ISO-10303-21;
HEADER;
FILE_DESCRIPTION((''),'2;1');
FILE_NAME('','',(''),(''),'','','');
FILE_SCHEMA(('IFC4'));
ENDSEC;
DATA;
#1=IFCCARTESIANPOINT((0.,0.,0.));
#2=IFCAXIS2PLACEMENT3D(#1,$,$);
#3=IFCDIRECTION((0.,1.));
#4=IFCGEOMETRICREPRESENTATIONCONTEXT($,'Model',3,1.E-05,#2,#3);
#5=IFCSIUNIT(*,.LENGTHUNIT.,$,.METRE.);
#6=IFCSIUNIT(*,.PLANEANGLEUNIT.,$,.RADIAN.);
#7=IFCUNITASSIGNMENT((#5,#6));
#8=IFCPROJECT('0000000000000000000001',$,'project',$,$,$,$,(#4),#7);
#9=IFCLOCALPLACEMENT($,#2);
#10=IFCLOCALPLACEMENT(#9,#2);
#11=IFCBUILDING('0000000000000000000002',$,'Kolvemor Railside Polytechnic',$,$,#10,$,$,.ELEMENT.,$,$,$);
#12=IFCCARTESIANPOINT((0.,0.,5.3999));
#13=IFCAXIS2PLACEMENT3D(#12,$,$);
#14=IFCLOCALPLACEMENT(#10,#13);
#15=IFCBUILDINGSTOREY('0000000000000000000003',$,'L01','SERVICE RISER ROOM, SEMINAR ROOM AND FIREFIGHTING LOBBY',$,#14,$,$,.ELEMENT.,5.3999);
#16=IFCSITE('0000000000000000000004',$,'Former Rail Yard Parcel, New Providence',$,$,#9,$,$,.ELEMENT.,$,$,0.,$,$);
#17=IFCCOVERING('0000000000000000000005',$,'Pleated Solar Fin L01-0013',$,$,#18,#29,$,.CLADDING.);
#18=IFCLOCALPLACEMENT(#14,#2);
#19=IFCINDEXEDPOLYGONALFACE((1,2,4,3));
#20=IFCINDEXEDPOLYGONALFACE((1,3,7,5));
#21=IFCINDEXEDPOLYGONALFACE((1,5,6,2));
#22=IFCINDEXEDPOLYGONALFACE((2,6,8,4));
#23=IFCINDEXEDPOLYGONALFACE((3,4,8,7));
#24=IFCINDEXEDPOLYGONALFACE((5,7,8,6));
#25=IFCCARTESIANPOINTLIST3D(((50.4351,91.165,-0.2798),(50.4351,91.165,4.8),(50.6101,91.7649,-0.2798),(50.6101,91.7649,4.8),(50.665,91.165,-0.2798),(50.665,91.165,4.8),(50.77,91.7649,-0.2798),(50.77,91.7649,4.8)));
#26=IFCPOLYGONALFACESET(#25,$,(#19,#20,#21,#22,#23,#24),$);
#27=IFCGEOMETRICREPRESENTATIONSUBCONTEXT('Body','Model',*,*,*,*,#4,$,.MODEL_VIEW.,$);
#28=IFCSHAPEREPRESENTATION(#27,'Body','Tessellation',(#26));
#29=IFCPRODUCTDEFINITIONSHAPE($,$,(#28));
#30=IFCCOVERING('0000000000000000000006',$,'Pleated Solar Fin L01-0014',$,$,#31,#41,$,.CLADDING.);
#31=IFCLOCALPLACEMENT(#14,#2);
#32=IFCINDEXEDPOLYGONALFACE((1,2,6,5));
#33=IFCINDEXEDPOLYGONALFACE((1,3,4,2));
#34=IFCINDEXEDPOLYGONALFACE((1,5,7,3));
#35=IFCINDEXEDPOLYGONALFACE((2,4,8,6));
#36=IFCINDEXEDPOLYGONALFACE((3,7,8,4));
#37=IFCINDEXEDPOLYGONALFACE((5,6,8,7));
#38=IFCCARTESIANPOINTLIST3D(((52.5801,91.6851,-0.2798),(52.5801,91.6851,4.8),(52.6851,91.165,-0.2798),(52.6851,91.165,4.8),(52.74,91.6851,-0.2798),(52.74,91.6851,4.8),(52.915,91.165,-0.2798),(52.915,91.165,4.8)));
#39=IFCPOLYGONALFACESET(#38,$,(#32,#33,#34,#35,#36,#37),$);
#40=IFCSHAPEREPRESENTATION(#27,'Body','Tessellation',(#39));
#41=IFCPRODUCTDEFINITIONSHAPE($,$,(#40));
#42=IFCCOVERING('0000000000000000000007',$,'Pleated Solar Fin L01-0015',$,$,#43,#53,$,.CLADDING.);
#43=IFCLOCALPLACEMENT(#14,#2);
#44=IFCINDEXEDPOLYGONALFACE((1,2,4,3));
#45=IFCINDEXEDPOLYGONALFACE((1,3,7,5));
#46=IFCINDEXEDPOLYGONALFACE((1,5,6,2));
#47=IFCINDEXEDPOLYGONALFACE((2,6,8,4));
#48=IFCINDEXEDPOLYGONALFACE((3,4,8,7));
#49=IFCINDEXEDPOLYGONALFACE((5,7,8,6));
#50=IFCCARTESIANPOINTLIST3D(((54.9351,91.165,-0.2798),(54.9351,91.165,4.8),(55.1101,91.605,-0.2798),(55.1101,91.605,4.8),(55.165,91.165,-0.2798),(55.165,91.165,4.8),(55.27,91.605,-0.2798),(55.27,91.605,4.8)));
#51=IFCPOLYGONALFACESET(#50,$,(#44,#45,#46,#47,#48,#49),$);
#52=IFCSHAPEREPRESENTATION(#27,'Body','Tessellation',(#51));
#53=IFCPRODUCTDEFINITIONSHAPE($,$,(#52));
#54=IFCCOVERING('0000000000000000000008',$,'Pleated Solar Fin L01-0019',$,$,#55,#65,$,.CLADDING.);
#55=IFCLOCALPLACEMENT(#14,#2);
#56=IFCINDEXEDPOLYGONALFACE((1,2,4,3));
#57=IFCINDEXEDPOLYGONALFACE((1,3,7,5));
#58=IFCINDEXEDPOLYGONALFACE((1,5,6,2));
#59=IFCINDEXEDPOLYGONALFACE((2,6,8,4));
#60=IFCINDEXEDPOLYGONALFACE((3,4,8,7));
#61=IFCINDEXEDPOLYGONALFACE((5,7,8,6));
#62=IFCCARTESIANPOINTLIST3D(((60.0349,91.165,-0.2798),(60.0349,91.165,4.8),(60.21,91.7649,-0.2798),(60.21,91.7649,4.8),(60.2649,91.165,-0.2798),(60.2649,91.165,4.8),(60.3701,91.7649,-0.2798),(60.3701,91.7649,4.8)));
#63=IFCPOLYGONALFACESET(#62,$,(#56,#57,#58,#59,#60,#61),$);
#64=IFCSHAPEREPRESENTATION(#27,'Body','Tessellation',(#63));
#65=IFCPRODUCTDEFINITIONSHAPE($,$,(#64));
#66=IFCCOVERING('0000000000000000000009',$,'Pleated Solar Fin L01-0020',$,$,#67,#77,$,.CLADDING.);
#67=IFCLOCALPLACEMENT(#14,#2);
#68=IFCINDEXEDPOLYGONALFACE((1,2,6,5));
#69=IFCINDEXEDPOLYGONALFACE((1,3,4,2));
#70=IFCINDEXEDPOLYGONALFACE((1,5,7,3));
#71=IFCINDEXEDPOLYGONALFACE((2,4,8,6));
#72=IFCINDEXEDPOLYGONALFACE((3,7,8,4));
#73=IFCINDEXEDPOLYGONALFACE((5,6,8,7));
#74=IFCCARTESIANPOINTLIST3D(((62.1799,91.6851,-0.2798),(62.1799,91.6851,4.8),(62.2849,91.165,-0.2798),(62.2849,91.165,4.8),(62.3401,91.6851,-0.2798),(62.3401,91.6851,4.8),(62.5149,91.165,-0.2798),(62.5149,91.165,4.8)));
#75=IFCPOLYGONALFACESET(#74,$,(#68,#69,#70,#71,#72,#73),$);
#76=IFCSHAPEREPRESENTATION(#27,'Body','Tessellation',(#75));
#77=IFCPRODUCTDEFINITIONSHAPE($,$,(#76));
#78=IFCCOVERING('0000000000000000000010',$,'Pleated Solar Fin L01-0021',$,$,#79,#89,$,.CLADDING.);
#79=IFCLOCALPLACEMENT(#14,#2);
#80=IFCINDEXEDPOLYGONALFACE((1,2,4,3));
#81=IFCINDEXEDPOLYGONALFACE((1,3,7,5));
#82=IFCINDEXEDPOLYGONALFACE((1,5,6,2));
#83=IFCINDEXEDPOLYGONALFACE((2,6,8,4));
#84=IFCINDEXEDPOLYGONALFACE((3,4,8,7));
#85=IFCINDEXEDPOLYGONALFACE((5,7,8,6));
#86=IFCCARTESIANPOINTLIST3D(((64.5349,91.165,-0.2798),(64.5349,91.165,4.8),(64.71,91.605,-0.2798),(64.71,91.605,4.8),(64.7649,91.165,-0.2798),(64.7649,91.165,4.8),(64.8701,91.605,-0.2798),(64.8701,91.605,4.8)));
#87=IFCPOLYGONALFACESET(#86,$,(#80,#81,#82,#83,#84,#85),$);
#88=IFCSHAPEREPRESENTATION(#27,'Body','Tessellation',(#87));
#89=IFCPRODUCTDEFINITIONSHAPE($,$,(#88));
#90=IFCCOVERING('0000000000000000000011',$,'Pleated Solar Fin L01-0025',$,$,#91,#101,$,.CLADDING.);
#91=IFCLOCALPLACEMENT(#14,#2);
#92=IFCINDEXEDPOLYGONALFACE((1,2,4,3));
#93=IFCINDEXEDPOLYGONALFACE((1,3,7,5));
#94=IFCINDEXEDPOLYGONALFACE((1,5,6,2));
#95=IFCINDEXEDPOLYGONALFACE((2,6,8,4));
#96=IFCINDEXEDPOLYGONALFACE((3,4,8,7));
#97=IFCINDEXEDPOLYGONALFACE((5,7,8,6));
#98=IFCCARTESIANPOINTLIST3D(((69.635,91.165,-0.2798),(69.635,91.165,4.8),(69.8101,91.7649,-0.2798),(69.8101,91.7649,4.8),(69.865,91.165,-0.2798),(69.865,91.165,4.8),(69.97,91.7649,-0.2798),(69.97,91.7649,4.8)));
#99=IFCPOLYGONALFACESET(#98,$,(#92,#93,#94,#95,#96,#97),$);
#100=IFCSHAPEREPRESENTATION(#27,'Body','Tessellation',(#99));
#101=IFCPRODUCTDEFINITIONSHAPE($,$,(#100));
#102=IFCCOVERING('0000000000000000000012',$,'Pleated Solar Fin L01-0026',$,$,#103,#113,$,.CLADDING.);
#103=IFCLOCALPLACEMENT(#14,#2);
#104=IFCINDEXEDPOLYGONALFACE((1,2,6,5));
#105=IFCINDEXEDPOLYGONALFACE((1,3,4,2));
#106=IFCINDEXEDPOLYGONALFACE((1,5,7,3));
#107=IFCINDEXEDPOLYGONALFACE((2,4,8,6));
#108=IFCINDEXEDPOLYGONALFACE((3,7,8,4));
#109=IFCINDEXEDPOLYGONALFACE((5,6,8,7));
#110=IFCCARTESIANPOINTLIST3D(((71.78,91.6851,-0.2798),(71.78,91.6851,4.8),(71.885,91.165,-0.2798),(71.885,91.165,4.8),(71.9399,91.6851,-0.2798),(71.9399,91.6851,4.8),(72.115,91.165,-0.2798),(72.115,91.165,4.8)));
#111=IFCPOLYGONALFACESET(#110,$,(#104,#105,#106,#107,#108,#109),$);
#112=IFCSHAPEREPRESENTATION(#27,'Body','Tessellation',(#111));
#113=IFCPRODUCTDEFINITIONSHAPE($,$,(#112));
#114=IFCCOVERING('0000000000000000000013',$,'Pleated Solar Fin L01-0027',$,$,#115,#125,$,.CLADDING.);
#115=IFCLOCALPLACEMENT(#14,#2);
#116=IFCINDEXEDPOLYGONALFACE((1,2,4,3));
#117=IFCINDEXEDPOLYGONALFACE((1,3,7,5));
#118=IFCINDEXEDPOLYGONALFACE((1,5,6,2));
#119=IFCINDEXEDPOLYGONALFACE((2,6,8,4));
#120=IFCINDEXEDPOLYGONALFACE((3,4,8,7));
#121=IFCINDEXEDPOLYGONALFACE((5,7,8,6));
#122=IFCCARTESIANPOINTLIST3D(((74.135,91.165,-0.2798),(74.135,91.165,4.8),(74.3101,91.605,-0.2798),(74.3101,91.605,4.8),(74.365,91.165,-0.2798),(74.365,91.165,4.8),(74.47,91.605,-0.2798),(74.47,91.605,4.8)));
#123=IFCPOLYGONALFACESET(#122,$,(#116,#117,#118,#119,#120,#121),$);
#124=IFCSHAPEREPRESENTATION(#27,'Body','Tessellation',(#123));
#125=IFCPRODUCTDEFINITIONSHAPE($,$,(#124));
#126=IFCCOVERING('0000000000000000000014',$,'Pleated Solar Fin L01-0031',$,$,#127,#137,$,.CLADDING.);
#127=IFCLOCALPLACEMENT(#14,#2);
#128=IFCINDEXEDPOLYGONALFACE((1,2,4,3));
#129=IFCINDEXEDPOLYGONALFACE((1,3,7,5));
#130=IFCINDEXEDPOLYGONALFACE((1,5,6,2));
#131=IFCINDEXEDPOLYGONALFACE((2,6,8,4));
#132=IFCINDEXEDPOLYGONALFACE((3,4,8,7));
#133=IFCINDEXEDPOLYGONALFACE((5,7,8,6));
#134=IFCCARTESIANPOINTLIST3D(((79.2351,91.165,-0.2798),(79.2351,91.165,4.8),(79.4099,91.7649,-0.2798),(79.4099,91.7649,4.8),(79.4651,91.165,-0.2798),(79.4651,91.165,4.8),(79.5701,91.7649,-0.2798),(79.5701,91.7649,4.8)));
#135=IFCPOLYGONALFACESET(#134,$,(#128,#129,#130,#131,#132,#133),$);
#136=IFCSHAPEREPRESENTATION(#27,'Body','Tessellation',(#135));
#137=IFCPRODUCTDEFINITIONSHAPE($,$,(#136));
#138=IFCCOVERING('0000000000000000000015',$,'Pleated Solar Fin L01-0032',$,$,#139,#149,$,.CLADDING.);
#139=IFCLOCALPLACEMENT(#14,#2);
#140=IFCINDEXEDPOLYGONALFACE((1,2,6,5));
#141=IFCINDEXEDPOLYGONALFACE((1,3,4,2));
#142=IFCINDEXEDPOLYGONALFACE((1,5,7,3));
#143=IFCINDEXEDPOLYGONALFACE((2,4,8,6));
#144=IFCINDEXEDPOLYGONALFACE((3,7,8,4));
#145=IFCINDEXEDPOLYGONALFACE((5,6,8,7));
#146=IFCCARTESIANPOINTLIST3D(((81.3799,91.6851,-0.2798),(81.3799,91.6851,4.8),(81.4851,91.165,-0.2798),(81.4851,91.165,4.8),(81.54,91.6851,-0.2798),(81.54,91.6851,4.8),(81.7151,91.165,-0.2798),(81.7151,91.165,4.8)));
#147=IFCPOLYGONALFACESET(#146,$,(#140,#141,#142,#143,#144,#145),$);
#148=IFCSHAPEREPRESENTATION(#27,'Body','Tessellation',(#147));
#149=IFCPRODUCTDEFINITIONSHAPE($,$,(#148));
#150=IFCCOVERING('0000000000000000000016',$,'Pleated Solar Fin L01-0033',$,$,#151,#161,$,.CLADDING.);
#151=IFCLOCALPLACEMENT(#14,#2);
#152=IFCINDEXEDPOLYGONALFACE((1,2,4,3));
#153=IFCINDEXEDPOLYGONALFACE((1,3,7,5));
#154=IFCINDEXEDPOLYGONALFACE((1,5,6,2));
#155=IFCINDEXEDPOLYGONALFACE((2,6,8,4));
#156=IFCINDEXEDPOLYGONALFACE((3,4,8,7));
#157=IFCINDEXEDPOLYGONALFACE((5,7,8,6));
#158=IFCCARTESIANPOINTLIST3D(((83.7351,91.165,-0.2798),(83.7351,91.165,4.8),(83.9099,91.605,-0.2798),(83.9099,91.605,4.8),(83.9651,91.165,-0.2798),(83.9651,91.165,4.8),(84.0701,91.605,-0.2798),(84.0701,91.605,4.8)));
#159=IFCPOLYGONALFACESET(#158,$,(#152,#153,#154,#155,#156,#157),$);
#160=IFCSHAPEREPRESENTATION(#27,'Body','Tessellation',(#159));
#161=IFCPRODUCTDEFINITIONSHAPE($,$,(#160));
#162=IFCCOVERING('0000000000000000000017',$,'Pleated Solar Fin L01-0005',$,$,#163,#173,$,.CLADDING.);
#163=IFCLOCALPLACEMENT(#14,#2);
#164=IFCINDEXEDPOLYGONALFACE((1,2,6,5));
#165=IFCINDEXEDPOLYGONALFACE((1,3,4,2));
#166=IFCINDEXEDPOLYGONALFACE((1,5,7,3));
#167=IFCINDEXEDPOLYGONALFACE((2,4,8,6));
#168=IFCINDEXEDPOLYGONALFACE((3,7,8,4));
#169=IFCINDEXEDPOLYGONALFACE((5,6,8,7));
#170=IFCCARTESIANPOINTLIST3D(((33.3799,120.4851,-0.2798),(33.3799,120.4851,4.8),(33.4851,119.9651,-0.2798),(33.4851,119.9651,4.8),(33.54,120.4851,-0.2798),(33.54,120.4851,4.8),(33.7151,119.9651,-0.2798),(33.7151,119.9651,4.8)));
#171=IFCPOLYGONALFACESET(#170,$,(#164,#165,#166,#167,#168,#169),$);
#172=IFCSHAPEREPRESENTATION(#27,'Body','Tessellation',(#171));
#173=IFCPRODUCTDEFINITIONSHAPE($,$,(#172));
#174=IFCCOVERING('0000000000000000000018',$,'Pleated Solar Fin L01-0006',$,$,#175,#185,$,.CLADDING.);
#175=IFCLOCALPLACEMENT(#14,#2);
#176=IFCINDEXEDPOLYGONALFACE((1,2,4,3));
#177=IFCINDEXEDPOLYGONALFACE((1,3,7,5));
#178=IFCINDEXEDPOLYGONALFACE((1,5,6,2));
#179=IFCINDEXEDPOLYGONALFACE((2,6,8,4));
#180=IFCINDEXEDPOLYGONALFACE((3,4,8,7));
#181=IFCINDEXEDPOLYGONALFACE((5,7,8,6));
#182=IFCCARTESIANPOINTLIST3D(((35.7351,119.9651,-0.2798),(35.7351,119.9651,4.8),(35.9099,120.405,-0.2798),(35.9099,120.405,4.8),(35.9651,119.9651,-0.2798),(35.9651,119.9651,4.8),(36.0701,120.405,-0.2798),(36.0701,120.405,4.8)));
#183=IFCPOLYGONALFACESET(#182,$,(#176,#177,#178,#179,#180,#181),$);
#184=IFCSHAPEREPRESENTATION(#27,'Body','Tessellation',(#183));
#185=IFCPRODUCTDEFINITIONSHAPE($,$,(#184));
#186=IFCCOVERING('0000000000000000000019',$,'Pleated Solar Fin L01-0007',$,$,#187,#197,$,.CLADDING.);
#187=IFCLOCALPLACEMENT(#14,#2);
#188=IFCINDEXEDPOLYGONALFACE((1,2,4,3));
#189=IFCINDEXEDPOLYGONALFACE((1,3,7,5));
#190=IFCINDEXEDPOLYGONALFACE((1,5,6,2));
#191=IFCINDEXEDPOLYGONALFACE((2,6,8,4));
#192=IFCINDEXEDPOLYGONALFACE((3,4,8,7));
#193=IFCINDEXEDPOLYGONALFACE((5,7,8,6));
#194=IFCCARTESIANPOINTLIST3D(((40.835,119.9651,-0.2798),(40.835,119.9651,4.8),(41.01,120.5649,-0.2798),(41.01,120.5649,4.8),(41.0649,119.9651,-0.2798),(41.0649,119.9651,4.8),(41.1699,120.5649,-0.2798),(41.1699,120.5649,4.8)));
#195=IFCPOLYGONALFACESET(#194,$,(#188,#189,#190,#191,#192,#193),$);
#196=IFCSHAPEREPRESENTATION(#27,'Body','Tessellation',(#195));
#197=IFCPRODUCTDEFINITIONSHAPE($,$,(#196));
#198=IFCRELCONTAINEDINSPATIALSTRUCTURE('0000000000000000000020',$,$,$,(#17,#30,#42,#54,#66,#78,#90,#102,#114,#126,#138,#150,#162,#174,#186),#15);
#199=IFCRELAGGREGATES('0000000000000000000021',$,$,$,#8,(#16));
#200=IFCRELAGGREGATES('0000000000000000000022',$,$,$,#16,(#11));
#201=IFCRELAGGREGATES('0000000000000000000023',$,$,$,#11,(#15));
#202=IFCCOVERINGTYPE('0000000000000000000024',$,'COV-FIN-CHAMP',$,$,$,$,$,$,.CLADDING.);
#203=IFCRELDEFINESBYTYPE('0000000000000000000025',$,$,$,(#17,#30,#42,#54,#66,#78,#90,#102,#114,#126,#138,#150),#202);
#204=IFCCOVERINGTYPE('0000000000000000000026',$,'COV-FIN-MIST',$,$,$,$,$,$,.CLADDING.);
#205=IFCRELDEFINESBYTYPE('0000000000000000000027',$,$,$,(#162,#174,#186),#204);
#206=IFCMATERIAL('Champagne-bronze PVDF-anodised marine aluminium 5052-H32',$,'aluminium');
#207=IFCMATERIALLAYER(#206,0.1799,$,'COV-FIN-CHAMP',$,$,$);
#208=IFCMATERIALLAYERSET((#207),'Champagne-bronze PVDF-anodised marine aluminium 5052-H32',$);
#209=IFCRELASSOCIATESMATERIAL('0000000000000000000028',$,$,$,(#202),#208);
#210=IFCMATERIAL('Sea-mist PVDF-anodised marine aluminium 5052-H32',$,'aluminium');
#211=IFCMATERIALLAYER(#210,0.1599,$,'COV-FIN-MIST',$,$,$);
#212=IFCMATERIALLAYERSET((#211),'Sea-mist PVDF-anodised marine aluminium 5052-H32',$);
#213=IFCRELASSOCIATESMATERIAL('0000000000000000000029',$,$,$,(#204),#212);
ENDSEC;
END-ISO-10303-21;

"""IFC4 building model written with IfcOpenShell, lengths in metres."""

from ifc_helpers import new_model, si_unit, direction, frame, origin, place, context, subcontext, project, spatial, polyline, outline, extrude, material, layer, layer_set, type_object, element, save


model = new_model("IFC4")

# Units and contexts
model_context = context("Model", 3, precision=1e-05, world=origin(), true_north=direction((0.0, 1.0)))
body_context = subcontext(model_context, "Body", "Model", "MODEL_VIEW")
ifc_project = project(units=[si_unit("LENGTHUNIT", "METRE"), si_unit("PLANEANGLEUNIT", "RADIAN")], contexts=[model_context])

# Site, building, storey
site_placement = place(None, origin())
site = spatial("IfcSite", under=ifc_project, at=site_placement, Name="Former Rail Yard Parcel, New Providence", CompositionType="ELEMENT", RefElevation=0.0)
building_placement = place(site_placement, origin())
building = spatial("IfcBuilding", under=site, at=building_placement, Name="Kolvemor Railside Polytechnic", CompositionType="ELEMENT")
storey_placement = place(building_placement, frame((0.0, 0.0, 5.3999)))
storey = spatial("IfcBuildingStorey", under=building, at=storey_placement, Name="L01", Description="SERVICE RISER ROOM, SEMINAR ROOM AND FIREFIGHTING LOBBY", CompositionType="ELEMENT", Elevation=5.3999)

# Coverings
ifc_material_1 = material(Name="Champagne-bronze PVDF-anodised marine aluminium 5052-H32", Category="aluminium")
ifc_layer_1 = layer(ifc_material_1, 0.1799, Name="COV-FIN-CHAMP")
ifc_layer_set_1 = layer_set([ifc_layer_1], Name="Champagne-bronze PVDF-anodised marine aluminium 5052-H32")
covering_type_1 = type_object("IfcCoveringType", Name="COV-FIN-CHAMP", PredefinedType="CLADDING", material=ifc_layer_set_1)
covering_1_placement = place(storey_placement, frame((0.0, 0.0, -0.2798)))
element("IfcCovering", 1, at=covering_1_placement, inside=storey, type_object=covering_type_1, Name="Pleated Solar Fin L01-0013", PredefinedType="CLADDING", context=body_context, shape_type="SweptSolid", body=[
    extrude(outline(polyline([(50.4351, 91.165), (50.665, 91.165), (50.77, 91.7649), (50.6101, 91.7649), (50.4351, 91.165)])), origin(), (0.0, 0.0, 1.0), 5.0798),
])
covering_2_placement = place(storey_placement, frame((0.0, 0.0, -0.2798)))
element("IfcCovering", 2, at=covering_2_placement, inside=storey, type_object=covering_type_1, Name="Pleated Solar Fin L01-0014", PredefinedType="CLADDING", context=body_context, shape_type="SweptSolid", body=[
    extrude(outline(polyline([(52.6851, 91.165), (52.915, 91.165), (52.74, 91.6851), (52.5801, 91.6851), (52.6851, 91.165)])), origin(), (0.0, 0.0, 1.0), 5.0798),
])
covering_3_placement = place(storey_placement, frame((0.0, 0.0, -0.2798)))
element("IfcCovering", 3, at=covering_3_placement, inside=storey, type_object=covering_type_1, Name="Pleated Solar Fin L01-0015", PredefinedType="CLADDING", context=body_context, shape_type="SweptSolid", body=[
    extrude(outline(polyline([(54.9351, 91.165), (55.165, 91.165), (55.27, 91.605), (55.1101, 91.605), (54.9351, 91.165)])), origin(), (0.0, 0.0, 1.0), 5.0798),
])
covering_4_placement = place(storey_placement, frame((0.0, 0.0, -0.2798)))
element("IfcCovering", 4, at=covering_4_placement, inside=storey, type_object=covering_type_1, Name="Pleated Solar Fin L01-0019", PredefinedType="CLADDING", context=body_context, shape_type="SweptSolid", body=[
    extrude(outline(polyline([(60.0349, 91.165), (60.2649, 91.165), (60.3701, 91.7649), (60.21, 91.7649), (60.0349, 91.165)])), origin(), (0.0, 0.0, 1.0), 5.0798),
])
covering_5_placement = place(storey_placement, frame((0.0, 0.0, -0.2798)))
element("IfcCovering", 5, at=covering_5_placement, inside=storey, type_object=covering_type_1, Name="Pleated Solar Fin L01-0020", PredefinedType="CLADDING", context=body_context, shape_type="SweptSolid", body=[
    extrude(outline(polyline([(62.2849, 91.165), (62.5149, 91.165), (62.3401, 91.6851), (62.1799, 91.6851), (62.2849, 91.165)])), origin(), (0.0, 0.0, 1.0), 5.0798),
])
covering_6_placement = place(storey_placement, frame((0.0, 0.0, -0.2798)))
element("IfcCovering", 6, at=covering_6_placement, inside=storey, type_object=covering_type_1, Name="Pleated Solar Fin L01-0021", PredefinedType="CLADDING", context=body_context, shape_type="SweptSolid", body=[
    extrude(outline(polyline([(64.5349, 91.165), (64.7649, 91.165), (64.8701, 91.605), (64.71, 91.605), (64.5349, 91.165)])), origin(), (0.0, 0.0, 1.0), 5.0798),
])
covering_7_placement = place(storey_placement, frame((0.0, 0.0, -0.2798)))
element("IfcCovering", 7, at=covering_7_placement, inside=storey, type_object=covering_type_1, Name="Pleated Solar Fin L01-0025", PredefinedType="CLADDING", context=body_context, shape_type="SweptSolid", body=[
    extrude(outline(polyline([(69.635, 91.165), (69.865, 91.165), (69.97, 91.7649), (69.8101, 91.7649), (69.635, 91.165)])), origin(), (0.0, 0.0, 1.0), 5.0798),
])
covering_8_placement = place(storey_placement, frame((0.0, 0.0, -0.2798)))
element("IfcCovering", 8, at=covering_8_placement, inside=storey, type_object=covering_type_1, Name="Pleated Solar Fin L01-0026", PredefinedType="CLADDING", context=body_context, shape_type="SweptSolid", body=[
    extrude(outline(polyline([(71.885, 91.165), (72.115, 91.165), (71.9399, 91.6851), (71.78, 91.6851), (71.885, 91.165)])), origin(), (0.0, 0.0, 1.0), 5.0798),
])
covering_9_placement = place(storey_placement, frame((0.0, 0.0, -0.2798)))
element("IfcCovering", 9, at=covering_9_placement, inside=storey, type_object=covering_type_1, Name="Pleated Solar Fin L01-0027", PredefinedType="CLADDING", context=body_context, shape_type="SweptSolid", body=[
    extrude(outline(polyline([(74.135, 91.165), (74.365, 91.165), (74.47, 91.605), (74.3101, 91.605), (74.135, 91.165)])), origin(), (0.0, 0.0, 1.0), 5.0798),
])
covering_10_placement = place(storey_placement, frame((0.0, 0.0, -0.2798)))
element("IfcCovering", 10, at=covering_10_placement, inside=storey, type_object=covering_type_1, Name="Pleated Solar Fin L01-0031", PredefinedType="CLADDING", context=body_context, shape_type="SweptSolid", body=[
    extrude(outline(polyline([(79.2351, 91.165), (79.4651, 91.165), (79.5701, 91.7649), (79.4099, 91.7649), (79.2351, 91.165)])), origin(), (0.0, 0.0, 1.0), 5.0798),
])
covering_11_placement = place(storey_placement, frame((0.0, 0.0, -0.2798)))
element("IfcCovering", 11, at=covering_11_placement, inside=storey, type_object=covering_type_1, Name="Pleated Solar Fin L01-0032", PredefinedType="CLADDING", context=body_context, shape_type="SweptSolid", body=[
    extrude(outline(polyline([(81.4851, 91.165), (81.7151, 91.165), (81.54, 91.6851), (81.3799, 91.6851), (81.4851, 91.165)])), origin(), (0.0, 0.0, 1.0), 5.0798),
])
covering_12_placement = place(storey_placement, frame((0.0, 0.0, -0.2798)))
element("IfcCovering", 12, at=covering_12_placement, inside=storey, type_object=covering_type_1, Name="Pleated Solar Fin L01-0033", PredefinedType="CLADDING", context=body_context, shape_type="SweptSolid", body=[
    extrude(outline(polyline([(83.7351, 91.165), (83.9651, 91.165), (84.0701, 91.605), (83.9099, 91.605), (83.7351, 91.165)])), origin(), (0.0, 0.0, 1.0), 5.0798),
])
ifc_material_2 = material(Name="Sea-mist PVDF-anodised marine aluminium 5052-H32", Category="aluminium")
ifc_layer_2 = layer(ifc_material_2, 0.1599, Name="COV-FIN-MIST")
ifc_layer_set_2 = layer_set([ifc_layer_2], Name="Sea-mist PVDF-anodised marine aluminium 5052-H32")
covering_type_2 = type_object("IfcCoveringType", Name="COV-FIN-MIST", PredefinedType="CLADDING", material=ifc_layer_set_2)
covering_13_placement = place(storey_placement, frame((0.0, 0.0, -0.2798)))
element("IfcCovering", 13, at=covering_13_placement, inside=storey, type_object=covering_type_2, Name="Pleated Solar Fin L01-0005", PredefinedType="CLADDING", context=body_context, shape_type="SweptSolid", body=[
    extrude(outline(polyline([(33.4851, 119.9651), (33.7151, 119.9651), (33.54, 120.4851), (33.3799, 120.4851), (33.4851, 119.9651)])), origin(), (0.0, 0.0, 1.0), 5.0798),
])
covering_14_placement = place(storey_placement, frame((0.0, 0.0, -0.2798)))
element("IfcCovering", 14, at=covering_14_placement, inside=storey, type_object=covering_type_2, Name="Pleated Solar Fin L01-0006", PredefinedType="CLADDING", context=body_context, shape_type="SweptSolid", body=[
    extrude(outline(polyline([(35.7351, 119.9651), (35.9651, 119.9651), (36.0701, 120.405), (35.9099, 120.405), (35.7351, 119.9651)])), origin(), (0.0, 0.0, 1.0), 5.0798),
])
covering_15_placement = place(storey_placement, frame((0.0, 0.0, -0.2798)))
element("IfcCovering", 15, at=covering_15_placement, inside=storey, type_object=covering_type_2, Name="Pleated Solar Fin L01-0007", PredefinedType="CLADDING", context=body_context, shape_type="SweptSolid", body=[
    extrude(outline(polyline([(40.835, 119.9651), (41.0649, 119.9651), (41.1699, 120.5649), (41.01, 120.5649), (40.835, 119.9651)])), origin(), (0.0, 0.0, 1.0), 5.0798),
])

save(model, "model.ifc")
